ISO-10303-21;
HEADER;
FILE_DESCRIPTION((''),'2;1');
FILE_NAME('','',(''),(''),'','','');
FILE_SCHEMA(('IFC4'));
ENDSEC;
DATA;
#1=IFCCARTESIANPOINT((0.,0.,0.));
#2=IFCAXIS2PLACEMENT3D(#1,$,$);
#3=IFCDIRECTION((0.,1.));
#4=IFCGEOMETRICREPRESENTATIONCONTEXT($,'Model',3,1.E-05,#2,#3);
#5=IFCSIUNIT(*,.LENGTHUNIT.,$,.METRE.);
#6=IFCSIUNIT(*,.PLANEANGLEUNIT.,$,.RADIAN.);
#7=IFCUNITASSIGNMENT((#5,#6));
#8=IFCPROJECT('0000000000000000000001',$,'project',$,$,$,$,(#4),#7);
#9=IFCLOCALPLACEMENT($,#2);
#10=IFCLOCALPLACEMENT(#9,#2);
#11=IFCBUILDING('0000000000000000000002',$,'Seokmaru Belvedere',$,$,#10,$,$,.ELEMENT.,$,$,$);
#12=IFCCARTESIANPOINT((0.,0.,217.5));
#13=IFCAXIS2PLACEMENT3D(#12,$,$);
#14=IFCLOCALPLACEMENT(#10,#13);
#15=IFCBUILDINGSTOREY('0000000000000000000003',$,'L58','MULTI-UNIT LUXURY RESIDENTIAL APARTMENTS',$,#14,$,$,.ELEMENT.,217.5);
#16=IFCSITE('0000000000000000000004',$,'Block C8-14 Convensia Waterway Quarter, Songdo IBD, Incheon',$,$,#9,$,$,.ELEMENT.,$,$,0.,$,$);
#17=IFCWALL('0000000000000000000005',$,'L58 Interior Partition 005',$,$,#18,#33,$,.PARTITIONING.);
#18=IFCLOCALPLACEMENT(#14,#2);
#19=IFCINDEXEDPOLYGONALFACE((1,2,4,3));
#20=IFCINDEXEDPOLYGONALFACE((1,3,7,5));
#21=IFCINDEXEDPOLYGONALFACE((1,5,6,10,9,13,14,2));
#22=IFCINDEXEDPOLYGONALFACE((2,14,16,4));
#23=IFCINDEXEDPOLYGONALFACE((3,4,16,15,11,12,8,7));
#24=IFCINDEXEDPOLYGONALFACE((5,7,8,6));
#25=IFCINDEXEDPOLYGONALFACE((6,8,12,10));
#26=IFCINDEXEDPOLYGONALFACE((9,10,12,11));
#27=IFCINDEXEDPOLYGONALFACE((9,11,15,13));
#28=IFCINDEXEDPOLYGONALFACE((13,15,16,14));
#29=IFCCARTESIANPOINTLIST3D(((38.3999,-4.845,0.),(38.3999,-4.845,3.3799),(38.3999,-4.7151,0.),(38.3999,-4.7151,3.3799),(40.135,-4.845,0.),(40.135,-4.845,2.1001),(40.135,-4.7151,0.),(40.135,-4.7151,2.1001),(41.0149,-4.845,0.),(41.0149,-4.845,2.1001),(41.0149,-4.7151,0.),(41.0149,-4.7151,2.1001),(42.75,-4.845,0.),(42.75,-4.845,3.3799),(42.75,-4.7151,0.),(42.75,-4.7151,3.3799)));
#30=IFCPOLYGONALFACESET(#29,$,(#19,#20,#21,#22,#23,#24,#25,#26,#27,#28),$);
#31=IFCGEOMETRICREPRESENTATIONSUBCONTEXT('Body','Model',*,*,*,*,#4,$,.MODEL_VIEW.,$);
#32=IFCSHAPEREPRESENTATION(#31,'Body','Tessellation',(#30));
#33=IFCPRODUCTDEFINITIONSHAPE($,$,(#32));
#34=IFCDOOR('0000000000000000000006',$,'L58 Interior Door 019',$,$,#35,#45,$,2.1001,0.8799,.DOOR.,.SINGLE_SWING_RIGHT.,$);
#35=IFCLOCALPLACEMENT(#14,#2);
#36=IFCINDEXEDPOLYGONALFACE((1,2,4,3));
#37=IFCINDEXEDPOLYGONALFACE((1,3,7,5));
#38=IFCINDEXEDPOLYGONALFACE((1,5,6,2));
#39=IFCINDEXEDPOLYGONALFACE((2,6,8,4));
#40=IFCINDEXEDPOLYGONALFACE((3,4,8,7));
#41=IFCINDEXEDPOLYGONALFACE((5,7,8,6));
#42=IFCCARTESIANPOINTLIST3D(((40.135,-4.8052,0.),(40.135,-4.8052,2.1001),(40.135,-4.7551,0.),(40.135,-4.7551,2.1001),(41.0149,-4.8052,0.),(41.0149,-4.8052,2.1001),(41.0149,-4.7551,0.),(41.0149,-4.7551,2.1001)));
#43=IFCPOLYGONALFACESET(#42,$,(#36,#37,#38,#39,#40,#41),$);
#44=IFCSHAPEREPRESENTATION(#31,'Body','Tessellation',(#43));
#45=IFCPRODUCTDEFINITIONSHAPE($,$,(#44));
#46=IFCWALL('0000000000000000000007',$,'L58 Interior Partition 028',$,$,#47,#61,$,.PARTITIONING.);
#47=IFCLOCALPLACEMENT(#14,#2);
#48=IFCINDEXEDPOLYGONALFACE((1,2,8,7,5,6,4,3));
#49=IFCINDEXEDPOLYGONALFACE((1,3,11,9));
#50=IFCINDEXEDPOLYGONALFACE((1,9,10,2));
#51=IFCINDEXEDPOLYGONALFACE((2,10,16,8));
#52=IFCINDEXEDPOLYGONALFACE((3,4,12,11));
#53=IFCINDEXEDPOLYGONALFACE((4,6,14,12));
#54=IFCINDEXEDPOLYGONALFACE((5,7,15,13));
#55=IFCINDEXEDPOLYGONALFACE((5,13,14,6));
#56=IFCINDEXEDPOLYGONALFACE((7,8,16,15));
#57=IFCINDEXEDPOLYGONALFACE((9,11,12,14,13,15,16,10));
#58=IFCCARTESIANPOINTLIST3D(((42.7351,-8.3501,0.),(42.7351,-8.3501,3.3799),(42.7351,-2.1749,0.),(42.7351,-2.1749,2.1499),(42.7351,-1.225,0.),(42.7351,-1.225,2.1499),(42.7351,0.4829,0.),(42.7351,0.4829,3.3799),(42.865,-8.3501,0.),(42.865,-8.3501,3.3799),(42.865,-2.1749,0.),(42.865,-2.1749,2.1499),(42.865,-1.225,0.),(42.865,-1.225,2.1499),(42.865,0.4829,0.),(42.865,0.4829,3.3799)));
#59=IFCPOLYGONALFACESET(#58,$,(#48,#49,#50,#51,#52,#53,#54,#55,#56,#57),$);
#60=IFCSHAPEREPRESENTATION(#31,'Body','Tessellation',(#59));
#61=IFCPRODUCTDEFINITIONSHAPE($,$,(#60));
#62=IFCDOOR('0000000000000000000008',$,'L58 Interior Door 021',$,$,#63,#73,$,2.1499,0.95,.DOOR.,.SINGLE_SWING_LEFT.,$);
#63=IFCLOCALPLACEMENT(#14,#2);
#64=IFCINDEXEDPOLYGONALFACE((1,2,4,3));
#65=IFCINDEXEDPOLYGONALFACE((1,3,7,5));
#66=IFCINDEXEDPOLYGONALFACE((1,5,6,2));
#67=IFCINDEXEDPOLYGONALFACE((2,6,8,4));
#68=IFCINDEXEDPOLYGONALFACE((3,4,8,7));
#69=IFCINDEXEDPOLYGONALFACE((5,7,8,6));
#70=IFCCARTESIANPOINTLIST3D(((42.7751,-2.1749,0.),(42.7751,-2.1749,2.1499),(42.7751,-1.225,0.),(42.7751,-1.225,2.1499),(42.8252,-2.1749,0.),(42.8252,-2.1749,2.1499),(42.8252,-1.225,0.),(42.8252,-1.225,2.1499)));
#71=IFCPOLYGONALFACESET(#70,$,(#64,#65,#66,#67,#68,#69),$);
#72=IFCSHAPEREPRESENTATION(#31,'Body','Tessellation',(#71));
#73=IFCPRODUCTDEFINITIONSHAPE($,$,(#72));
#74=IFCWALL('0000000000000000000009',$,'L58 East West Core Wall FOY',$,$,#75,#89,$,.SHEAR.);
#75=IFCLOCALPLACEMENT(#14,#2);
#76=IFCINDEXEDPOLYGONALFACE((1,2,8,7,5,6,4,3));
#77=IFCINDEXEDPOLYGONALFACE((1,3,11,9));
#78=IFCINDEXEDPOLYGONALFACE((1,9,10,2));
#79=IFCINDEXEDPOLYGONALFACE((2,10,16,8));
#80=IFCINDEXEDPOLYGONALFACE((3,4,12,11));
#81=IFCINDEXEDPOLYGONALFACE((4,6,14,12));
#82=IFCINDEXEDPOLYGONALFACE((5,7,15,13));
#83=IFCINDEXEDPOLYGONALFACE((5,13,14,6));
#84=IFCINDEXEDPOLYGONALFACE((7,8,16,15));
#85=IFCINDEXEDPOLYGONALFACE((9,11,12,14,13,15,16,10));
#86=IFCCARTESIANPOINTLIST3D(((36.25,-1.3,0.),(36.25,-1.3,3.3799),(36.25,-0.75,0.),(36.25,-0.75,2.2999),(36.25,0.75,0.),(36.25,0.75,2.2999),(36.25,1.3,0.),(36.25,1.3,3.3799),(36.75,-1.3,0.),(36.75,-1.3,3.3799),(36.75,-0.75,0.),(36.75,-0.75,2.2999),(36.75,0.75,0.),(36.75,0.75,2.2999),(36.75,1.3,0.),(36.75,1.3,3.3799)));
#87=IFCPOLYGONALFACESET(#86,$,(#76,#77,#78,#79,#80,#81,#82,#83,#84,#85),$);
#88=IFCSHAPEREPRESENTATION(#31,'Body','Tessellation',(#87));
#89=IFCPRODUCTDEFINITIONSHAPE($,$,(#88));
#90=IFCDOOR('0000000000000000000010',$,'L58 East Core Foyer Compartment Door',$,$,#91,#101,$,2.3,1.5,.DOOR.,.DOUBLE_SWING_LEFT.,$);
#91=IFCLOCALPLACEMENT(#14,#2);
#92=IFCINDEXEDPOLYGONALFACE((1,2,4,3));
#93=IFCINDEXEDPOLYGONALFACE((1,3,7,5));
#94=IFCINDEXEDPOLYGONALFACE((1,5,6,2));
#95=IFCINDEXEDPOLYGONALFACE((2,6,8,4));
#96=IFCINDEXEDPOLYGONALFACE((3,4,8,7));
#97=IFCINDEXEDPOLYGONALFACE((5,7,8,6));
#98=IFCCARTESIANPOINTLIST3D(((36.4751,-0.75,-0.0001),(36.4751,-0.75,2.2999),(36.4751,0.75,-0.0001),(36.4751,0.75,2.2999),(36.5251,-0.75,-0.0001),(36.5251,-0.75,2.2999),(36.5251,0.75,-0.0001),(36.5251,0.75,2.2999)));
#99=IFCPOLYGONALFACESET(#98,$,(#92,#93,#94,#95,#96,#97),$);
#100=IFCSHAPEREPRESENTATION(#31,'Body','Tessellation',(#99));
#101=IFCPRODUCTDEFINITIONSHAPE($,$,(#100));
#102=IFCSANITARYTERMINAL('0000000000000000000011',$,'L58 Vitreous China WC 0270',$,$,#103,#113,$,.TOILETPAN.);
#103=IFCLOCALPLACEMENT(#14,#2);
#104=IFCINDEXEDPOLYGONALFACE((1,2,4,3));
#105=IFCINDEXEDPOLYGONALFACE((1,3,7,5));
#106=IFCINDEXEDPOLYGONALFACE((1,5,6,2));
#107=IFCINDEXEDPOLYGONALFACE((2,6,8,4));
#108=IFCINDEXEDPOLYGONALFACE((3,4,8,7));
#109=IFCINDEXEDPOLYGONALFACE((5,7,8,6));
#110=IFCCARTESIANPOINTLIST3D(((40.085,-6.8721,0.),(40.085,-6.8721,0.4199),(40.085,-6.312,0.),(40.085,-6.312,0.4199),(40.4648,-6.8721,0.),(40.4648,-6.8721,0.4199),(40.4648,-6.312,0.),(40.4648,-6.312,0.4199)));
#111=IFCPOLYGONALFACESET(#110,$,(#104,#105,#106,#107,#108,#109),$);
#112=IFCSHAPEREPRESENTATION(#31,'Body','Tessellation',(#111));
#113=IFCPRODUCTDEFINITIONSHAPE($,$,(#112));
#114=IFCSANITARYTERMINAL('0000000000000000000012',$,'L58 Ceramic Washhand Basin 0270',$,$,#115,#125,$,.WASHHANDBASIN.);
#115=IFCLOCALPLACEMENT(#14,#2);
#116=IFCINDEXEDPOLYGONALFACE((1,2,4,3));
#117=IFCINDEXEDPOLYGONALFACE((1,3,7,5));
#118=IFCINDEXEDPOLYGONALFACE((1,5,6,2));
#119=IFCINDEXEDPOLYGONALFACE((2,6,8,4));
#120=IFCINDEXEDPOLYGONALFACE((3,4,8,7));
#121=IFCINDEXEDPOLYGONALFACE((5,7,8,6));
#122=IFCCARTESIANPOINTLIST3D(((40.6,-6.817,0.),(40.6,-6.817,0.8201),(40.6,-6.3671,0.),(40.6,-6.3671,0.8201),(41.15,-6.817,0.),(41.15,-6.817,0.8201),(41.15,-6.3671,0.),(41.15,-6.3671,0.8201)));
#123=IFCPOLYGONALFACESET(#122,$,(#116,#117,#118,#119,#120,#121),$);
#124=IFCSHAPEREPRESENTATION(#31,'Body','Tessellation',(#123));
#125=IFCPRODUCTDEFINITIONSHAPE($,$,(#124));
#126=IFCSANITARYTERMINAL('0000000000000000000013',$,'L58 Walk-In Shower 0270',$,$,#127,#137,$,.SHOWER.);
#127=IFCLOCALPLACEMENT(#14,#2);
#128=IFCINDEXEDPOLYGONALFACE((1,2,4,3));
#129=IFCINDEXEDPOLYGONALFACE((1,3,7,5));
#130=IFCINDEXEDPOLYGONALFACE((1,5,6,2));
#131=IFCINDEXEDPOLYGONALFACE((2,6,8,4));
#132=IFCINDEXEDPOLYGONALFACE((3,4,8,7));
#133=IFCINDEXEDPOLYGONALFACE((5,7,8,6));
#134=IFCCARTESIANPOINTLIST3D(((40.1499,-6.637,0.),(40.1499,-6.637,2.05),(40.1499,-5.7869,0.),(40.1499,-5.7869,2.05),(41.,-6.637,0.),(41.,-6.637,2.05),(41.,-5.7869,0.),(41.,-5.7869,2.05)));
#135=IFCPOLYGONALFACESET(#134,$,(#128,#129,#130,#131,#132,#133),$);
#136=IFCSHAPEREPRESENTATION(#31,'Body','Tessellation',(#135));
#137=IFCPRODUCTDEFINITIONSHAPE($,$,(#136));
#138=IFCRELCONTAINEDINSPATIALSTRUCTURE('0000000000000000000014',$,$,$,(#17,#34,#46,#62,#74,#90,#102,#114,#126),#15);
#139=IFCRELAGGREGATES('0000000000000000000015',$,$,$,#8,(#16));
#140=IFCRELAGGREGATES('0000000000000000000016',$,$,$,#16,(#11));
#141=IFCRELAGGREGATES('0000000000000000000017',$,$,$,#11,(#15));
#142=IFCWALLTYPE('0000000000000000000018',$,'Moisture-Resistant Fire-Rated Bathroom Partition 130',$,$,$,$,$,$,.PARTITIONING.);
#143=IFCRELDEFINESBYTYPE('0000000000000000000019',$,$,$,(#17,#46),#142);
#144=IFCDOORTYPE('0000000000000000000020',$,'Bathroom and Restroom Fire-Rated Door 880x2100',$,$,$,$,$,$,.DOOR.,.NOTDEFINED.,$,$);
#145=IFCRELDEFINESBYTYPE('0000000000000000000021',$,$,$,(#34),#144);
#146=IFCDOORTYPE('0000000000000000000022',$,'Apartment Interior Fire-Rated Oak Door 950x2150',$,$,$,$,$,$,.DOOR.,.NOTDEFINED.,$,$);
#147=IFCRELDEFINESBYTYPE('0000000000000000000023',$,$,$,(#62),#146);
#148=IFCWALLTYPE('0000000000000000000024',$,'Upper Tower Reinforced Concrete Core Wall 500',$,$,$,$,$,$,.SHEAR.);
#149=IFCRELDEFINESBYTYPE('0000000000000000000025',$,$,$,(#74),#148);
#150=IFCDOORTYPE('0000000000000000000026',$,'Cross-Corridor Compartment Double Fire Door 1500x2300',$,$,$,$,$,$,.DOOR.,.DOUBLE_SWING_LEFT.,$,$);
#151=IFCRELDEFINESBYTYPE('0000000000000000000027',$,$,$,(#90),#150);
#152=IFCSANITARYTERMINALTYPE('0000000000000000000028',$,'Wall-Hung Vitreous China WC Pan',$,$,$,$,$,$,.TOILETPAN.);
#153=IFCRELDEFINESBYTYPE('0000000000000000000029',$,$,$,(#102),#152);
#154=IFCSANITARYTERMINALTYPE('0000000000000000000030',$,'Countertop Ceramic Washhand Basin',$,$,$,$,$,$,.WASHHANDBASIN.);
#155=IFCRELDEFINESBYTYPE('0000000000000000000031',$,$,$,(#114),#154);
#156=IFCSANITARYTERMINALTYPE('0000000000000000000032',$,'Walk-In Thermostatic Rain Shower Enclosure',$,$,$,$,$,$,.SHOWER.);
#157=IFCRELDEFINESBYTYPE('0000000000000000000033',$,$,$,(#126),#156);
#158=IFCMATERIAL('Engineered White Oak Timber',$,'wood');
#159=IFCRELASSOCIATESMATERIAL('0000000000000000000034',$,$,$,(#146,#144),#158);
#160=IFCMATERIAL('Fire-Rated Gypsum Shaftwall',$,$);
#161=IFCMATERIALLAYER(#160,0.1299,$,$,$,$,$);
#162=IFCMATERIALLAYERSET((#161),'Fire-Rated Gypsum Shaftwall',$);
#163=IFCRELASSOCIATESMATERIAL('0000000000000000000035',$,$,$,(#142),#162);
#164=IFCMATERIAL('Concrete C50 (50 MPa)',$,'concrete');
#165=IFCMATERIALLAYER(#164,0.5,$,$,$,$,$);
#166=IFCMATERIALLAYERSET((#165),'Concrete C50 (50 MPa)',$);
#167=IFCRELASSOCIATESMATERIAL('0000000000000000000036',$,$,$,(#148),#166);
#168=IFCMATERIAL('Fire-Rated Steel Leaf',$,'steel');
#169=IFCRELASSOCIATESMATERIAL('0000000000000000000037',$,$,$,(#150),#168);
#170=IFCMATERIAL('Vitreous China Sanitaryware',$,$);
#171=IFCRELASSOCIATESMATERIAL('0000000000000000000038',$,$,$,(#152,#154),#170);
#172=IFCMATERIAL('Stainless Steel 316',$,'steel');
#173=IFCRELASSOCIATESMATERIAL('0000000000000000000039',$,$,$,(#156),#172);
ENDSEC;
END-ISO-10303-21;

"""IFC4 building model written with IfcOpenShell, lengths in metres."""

from ifc_helpers import new_model, si_unit, direction, frame, frame_2d, origin, origin_2d, place, context, subcontext, project, spatial, rectangle, extrude, source, transform, mapped, material, layer, layer_set, type_object, type_shapes, element, fill, save


model = new_model("IFC4")

# Units and contexts
model_context = context("Model", 3, precision=1e-05, world=origin(), true_north=direction((0.0, 1.0)))
body_context = subcontext(model_context, "Body", "Model", "MODEL_VIEW")
ifc_project = project(units=[si_unit("LENGTHUNIT", "METRE"), si_unit("PLANEANGLEUNIT", "RADIAN")], contexts=[model_context])

# Site, building, storey
site_placement = place(None, origin())
site = spatial("IfcSite", under=ifc_project, at=site_placement, Name="Block C8-14 Convensia Waterway Quarter, Songdo IBD, Incheon", CompositionType="ELEMENT", RefElevation=0.0)
building_placement = place(site_placement, origin())
building = spatial("IfcBuilding", under=site, at=building_placement, Name="Seokmaru Belvedere", CompositionType="ELEMENT")
storey_placement = place(building_placement, frame((0.0, 0.0, 217.5)))
storey = spatial("IfcBuildingStorey", under=building, at=storey_placement, Name="L58", Description="MULTI-UNIT LUXURY RESIDENTIAL APARTMENTS", CompositionType="ELEMENT", Elevation=217.5)

# Shared definitions
ifc_material_1 = material(Name="Fire-Rated Gypsum Shaftwall")
ifc_material_2 = material(Name="Engineered White Oak Timber", Category="wood")
door_type_1 = type_object("IfcDoorType", Name="Apartment Interior Fire-Rated Oak Door 950x2150", OperationType="NOTDEFINED", PredefinedType="DOOR", material=ifc_material_2)
shared_shape_1 = source(origin(), body_context, "Body", "SweptSolid", [
    extrude(rectangle(XDim=0.95, YDim=2.1499, at=frame_2d((0.4751, 1.075))), frame((0.0, 0.0249, 0.0), z_axis=(0.0, -1.0, 0.0), x_axis=(1.0, 0.0, 0.0)), (0.0, 0.0, 1.0), 0.05),
])
type_shapes(door_type_1, [shared_shape_1])

# Walls, openings, doors
ifc_layer_1 = layer(ifc_material_1, 0.1299)
ifc_layer_set_1 = layer_set([ifc_layer_1], Name="Fire-Rated Gypsum Shaftwall")
wall_type_1 = type_object("IfcWallType", Name="Moisture-Resistant Fire-Rated Bathroom Partition 130", PredefinedType="PARTITIONING", material=ifc_layer_set_1)
wall_1_placement = place(storey_placement, frame((38.3999, -4.78, 0.0), z_axis=(0.0, 0.0, 1.0), x_axis=(1.0, 0.0, 0.0)))
wall_1 = element("IfcWall", 1, at=wall_1_placement, inside=storey, type_object=wall_type_1, Name="L58 Interior Partition 005", PredefinedType="PARTITIONING", context=body_context, shape_type="SweptSolid", body=[
    extrude(rectangle(XDim=4.3501, YDim=0.1299, at=frame_2d((2.175, 0.0))), origin(), (0.0, 0.0, 1.0), 3.3799),
])
opening_1_placement = place(wall_1_placement, frame((1.7351, 0.0, 0.0)))
opening_1 = element("IfcOpeningElement", 2, at=opening_1_placement, cuts=wall_1, PredefinedType="OPENING", context=body_context, shape_type="SweptSolid", body=[
    extrude(rectangle(XDim=0.8799, YDim=2.1001, at=frame_2d((0.4399, 1.05))), frame((0.0, 0.075, 0.0), z_axis=(0.0, -1.0, 0.0), x_axis=(1.0, 0.0, 0.0)), (0.0, 0.0, 1.0), 0.1499),
])
door_type_2 = type_object("IfcDoorType", Name="Bathroom and Restroom Fire-Rated Door 880x2100", OperationType="NOTDEFINED", PredefinedType="DOOR", material=ifc_material_2)
shared_shape_2 = source(origin(), body_context, "Body", "SweptSolid", [
    extrude(rectangle(XDim=0.8799, YDim=2.1001, at=frame_2d((0.4399, 1.05))), frame((0.0, 0.0249, 0.0), z_axis=(0.0, -1.0, 0.0), x_axis=(1.0, 0.0, 0.0)), (0.0, 0.0, 1.0), 0.05),
])
type_shapes(door_type_2, [shared_shape_2])
door_1_placement = place(opening_1_placement, origin())
door_1 = element("IfcDoor", 3, at=door_1_placement, inside=storey, type_object=door_type_2, Name="L58 Interior Door 019", OperationType="SINGLE_SWING_RIGHT", OverallHeight=2.1001, OverallWidth=0.8799, PredefinedType="DOOR", context=body_context, shape_type="MappedRepresentation", body=[
    mapped(shared_shape_2, transform((0.0, 0.0, 0.0), scale=1.0)),
])
fill(opening_1, door_1)
wall_2_placement = place(storey_placement, frame((42.8, -8.3501, 0.0), z_axis=(0.0, 0.0, 1.0), x_axis=(0.0, 1.0, 0.0)))
wall_2 = element("IfcWall", 4, at=wall_2_placement, inside=storey, type_object=wall_type_1, Name="L58 Interior Partition 028", PredefinedType="PARTITIONING", context=body_context, shape_type="SweptSolid", body=[
    extrude(rectangle(XDim=8.833, YDim=0.1299, at=frame_2d((4.4165, 0.0))), origin(), (0.0, 0.0, 1.0), 3.3799),
])
opening_2_placement = place(wall_2_placement, frame((6.175, 0.0, 0.0)))
opening_2 = element("IfcOpeningElement", 5, at=opening_2_placement, cuts=wall_2, PredefinedType="OPENING", context=body_context, shape_type="SweptSolid", body=[
    extrude(rectangle(XDim=0.95, YDim=2.1499, at=frame_2d((0.4751, 1.075))), frame((0.0, 0.075, 0.0), z_axis=(0.0, -1.0, 0.0), x_axis=(1.0, 0.0, 0.0)), (0.0, 0.0, 1.0), 0.1499),
])
door_2_placement = place(opening_2_placement, origin())
door_2 = element("IfcDoor", 6, at=door_2_placement, inside=storey, type_object=door_type_1, Name="L58 Interior Door 021", OperationType="SINGLE_SWING_LEFT", OverallHeight=2.1499, OverallWidth=0.95, PredefinedType="DOOR", context=body_context, shape_type="MappedRepresentation", body=[
    mapped(shared_shape_1, transform((0.0, 0.0, 0.0), scale=1.0)),
])
fill(opening_2, door_2)
ifc_material_3 = material(Name="Concrete C50 (50 MPa)", Category="concrete")
ifc_layer_2 = layer(ifc_material_3, 0.5)
ifc_layer_set_2 = layer_set([ifc_layer_2], Name="Concrete C50 (50 MPa)")
wall_type_2 = type_object("IfcWallType", Name="Upper Tower Reinforced Concrete Core Wall 500", PredefinedType="SHEAR", material=ifc_layer_set_2)
wall_3_placement = place(storey_placement, frame((36.5, -1.3, 0.0), z_axis=(0.0, 0.0, 1.0), x_axis=(0.0, 1.0, 0.0)))
wall_3 = element("IfcWall", 7, at=wall_3_placement, inside=storey, type_object=wall_type_2, Name="L58 East West Core Wall FOY", PredefinedType="SHEAR", context=body_context, shape_type="SweptSolid", body=[
    extrude(rectangle(XDim=2.6001, YDim=0.5, at=frame_2d((1.3, 0.0))), origin(), (0.0, 0.0, 1.0), 3.3799),
])
opening_3_placement = place(wall_3_placement, frame((0.55, 0.0, 0.0)))
opening_3 = element("IfcOpeningElement", 8, at=opening_3_placement, cuts=wall_3, PredefinedType="OPENING", context=body_context, shape_type="SweptSolid", body=[
    extrude(rectangle(XDim=1.5, YDim=2.3, at=frame_2d((0.75, 1.1499))), frame((0.0, 0.26, 0.0), z_axis=(0.0, -1.0, 0.0), x_axis=(1.0, 0.0, 0.0)), (0.0, 0.0, 1.0), 0.52),
])
ifc_material_4 = material(Name="Fire-Rated Steel Leaf", Category="steel")
door_type_3 = type_object("IfcDoorType", Name="Cross-Corridor Compartment Double Fire Door 1500x2300", OperationType="DOUBLE_SWING_LEFT", PredefinedType="DOOR", material=ifc_material_4)
shared_shape_3 = source(origin(), body_context, "Body", "SweptSolid", [
    extrude(rectangle(XDim=1.5, YDim=2.3, at=frame_2d((0.75, 1.1499))), frame((0.0, 0.0249, 0.0), z_axis=(0.0, -1.0, 0.0), x_axis=(1.0, 0.0, 0.0)), (0.0, 0.0, 1.0), 0.05),
])
type_shapes(door_type_3, [shared_shape_3])
door_3_placement = place(opening_3_placement, origin())
door_3 = element("IfcDoor", 9, at=door_3_placement, inside=storey, type_object=door_type_3, Name="L58 East Core Foyer Compartment Door", OperationType="DOUBLE_SWING_LEFT", OverallHeight=2.3, OverallWidth=1.5, PredefinedType="DOOR", context=body_context, shape_type="MappedRepresentation", body=[
    mapped(shared_shape_3, transform((0.0, 0.0, 0.0), scale=1.0)),
])
fill(opening_3, door_3)

# Sanitary terminals
ifc_material_5 = material(Name="Vitreous China Sanitaryware")
sanitary_terminal_type_1 = type_object("IfcSanitaryTerminalType", Name="Wall-Hung Vitreous China WC Pan", PredefinedType="TOILETPAN", material=ifc_material_5)
shared_shape_4 = source(origin(), body_context, "Body", "SweptSolid", [
    extrude(rectangle(XDim=0.3799, YDim=0.5601, at=origin_2d()), origin(), (0.0, 0.0, 1.0), 0.4199),
])
type_shapes(sanitary_terminal_type_1, [shared_shape_4])
sanitary_terminal_1_placement = place(storey_placement, frame((40.2749, -6.592, 0.0), z_axis=(0.0, 0.0, 1.0), x_axis=(1.0, 0.0, 0.0)))
element("IfcSanitaryTerminal", 10, at=sanitary_terminal_1_placement, inside=storey, type_object=sanitary_terminal_type_1, Name="L58 Vitreous China WC 0270", PredefinedType="TOILETPAN", context=body_context, shape_type="MappedRepresentation", body=[
    mapped(shared_shape_4, transform((0.0, 0.0, 0.0), scale=1.0)),
])
sanitary_terminal_type_2 = type_object("IfcSanitaryTerminalType", Name="Countertop Ceramic Washhand Basin", PredefinedType="WASHHANDBASIN", material=ifc_material_5)
shared_shape_5 = source(origin(), body_context, "Body", "SweptSolid", [
    extrude(rectangle(XDim=0.55, YDim=0.45, at=origin_2d()), origin(), (0.0, 0.0, 1.0), 0.8201),
])
type_shapes(sanitary_terminal_type_2, [shared_shape_5])
sanitary_terminal_2_placement = place(storey_placement, frame((40.875, -6.592, 0.0), z_axis=(0.0, 0.0, 1.0), x_axis=(1.0, 0.0, 0.0)))
element("IfcSanitaryTerminal", 11, at=sanitary_terminal_2_placement, inside=storey, type_object=sanitary_terminal_type_2, Name="L58 Ceramic Washhand Basin 0270", PredefinedType="WASHHANDBASIN", context=body_context, shape_type="MappedRepresentation", body=[
    mapped(shared_shape_5, transform((0.0, 0.0, 0.0), scale=1.0)),
])
ifc_material_6 = material(Name="Stainless Steel 316", Category="steel")
sanitary_terminal_type_3 = type_object("IfcSanitaryTerminalType", Name="Walk-In Thermostatic Rain Shower Enclosure", PredefinedType="SHOWER", material=ifc_material_6)
shared_shape_6 = source(origin(), body_context, "Body", "SweptSolid", [
    extrude(rectangle(XDim=0.8501, YDim=0.8501, at=origin_2d()), origin(), (0.0, 0.0, 1.0), 2.05),
])
type_shapes(sanitary_terminal_type_3, [shared_shape_6])
sanitary_terminal_3_placement = place(storey_placement, frame((40.575, -6.2119, 0.0), z_axis=(0.0, 0.0, 1.0), x_axis=(1.0, 0.0, 0.0)))
element("IfcSanitaryTerminal", 12, at=sanitary_terminal_3_placement, inside=storey, type_object=sanitary_terminal_type_3, Name="L58 Walk-In Shower 0270", PredefinedType="SHOWER", context=body_context, shape_type="MappedRepresentation", body=[
    mapped(shared_shape_6, transform((0.0, 0.0, 0.0), scale=1.0)),
])

save(model, "model.ifc")
